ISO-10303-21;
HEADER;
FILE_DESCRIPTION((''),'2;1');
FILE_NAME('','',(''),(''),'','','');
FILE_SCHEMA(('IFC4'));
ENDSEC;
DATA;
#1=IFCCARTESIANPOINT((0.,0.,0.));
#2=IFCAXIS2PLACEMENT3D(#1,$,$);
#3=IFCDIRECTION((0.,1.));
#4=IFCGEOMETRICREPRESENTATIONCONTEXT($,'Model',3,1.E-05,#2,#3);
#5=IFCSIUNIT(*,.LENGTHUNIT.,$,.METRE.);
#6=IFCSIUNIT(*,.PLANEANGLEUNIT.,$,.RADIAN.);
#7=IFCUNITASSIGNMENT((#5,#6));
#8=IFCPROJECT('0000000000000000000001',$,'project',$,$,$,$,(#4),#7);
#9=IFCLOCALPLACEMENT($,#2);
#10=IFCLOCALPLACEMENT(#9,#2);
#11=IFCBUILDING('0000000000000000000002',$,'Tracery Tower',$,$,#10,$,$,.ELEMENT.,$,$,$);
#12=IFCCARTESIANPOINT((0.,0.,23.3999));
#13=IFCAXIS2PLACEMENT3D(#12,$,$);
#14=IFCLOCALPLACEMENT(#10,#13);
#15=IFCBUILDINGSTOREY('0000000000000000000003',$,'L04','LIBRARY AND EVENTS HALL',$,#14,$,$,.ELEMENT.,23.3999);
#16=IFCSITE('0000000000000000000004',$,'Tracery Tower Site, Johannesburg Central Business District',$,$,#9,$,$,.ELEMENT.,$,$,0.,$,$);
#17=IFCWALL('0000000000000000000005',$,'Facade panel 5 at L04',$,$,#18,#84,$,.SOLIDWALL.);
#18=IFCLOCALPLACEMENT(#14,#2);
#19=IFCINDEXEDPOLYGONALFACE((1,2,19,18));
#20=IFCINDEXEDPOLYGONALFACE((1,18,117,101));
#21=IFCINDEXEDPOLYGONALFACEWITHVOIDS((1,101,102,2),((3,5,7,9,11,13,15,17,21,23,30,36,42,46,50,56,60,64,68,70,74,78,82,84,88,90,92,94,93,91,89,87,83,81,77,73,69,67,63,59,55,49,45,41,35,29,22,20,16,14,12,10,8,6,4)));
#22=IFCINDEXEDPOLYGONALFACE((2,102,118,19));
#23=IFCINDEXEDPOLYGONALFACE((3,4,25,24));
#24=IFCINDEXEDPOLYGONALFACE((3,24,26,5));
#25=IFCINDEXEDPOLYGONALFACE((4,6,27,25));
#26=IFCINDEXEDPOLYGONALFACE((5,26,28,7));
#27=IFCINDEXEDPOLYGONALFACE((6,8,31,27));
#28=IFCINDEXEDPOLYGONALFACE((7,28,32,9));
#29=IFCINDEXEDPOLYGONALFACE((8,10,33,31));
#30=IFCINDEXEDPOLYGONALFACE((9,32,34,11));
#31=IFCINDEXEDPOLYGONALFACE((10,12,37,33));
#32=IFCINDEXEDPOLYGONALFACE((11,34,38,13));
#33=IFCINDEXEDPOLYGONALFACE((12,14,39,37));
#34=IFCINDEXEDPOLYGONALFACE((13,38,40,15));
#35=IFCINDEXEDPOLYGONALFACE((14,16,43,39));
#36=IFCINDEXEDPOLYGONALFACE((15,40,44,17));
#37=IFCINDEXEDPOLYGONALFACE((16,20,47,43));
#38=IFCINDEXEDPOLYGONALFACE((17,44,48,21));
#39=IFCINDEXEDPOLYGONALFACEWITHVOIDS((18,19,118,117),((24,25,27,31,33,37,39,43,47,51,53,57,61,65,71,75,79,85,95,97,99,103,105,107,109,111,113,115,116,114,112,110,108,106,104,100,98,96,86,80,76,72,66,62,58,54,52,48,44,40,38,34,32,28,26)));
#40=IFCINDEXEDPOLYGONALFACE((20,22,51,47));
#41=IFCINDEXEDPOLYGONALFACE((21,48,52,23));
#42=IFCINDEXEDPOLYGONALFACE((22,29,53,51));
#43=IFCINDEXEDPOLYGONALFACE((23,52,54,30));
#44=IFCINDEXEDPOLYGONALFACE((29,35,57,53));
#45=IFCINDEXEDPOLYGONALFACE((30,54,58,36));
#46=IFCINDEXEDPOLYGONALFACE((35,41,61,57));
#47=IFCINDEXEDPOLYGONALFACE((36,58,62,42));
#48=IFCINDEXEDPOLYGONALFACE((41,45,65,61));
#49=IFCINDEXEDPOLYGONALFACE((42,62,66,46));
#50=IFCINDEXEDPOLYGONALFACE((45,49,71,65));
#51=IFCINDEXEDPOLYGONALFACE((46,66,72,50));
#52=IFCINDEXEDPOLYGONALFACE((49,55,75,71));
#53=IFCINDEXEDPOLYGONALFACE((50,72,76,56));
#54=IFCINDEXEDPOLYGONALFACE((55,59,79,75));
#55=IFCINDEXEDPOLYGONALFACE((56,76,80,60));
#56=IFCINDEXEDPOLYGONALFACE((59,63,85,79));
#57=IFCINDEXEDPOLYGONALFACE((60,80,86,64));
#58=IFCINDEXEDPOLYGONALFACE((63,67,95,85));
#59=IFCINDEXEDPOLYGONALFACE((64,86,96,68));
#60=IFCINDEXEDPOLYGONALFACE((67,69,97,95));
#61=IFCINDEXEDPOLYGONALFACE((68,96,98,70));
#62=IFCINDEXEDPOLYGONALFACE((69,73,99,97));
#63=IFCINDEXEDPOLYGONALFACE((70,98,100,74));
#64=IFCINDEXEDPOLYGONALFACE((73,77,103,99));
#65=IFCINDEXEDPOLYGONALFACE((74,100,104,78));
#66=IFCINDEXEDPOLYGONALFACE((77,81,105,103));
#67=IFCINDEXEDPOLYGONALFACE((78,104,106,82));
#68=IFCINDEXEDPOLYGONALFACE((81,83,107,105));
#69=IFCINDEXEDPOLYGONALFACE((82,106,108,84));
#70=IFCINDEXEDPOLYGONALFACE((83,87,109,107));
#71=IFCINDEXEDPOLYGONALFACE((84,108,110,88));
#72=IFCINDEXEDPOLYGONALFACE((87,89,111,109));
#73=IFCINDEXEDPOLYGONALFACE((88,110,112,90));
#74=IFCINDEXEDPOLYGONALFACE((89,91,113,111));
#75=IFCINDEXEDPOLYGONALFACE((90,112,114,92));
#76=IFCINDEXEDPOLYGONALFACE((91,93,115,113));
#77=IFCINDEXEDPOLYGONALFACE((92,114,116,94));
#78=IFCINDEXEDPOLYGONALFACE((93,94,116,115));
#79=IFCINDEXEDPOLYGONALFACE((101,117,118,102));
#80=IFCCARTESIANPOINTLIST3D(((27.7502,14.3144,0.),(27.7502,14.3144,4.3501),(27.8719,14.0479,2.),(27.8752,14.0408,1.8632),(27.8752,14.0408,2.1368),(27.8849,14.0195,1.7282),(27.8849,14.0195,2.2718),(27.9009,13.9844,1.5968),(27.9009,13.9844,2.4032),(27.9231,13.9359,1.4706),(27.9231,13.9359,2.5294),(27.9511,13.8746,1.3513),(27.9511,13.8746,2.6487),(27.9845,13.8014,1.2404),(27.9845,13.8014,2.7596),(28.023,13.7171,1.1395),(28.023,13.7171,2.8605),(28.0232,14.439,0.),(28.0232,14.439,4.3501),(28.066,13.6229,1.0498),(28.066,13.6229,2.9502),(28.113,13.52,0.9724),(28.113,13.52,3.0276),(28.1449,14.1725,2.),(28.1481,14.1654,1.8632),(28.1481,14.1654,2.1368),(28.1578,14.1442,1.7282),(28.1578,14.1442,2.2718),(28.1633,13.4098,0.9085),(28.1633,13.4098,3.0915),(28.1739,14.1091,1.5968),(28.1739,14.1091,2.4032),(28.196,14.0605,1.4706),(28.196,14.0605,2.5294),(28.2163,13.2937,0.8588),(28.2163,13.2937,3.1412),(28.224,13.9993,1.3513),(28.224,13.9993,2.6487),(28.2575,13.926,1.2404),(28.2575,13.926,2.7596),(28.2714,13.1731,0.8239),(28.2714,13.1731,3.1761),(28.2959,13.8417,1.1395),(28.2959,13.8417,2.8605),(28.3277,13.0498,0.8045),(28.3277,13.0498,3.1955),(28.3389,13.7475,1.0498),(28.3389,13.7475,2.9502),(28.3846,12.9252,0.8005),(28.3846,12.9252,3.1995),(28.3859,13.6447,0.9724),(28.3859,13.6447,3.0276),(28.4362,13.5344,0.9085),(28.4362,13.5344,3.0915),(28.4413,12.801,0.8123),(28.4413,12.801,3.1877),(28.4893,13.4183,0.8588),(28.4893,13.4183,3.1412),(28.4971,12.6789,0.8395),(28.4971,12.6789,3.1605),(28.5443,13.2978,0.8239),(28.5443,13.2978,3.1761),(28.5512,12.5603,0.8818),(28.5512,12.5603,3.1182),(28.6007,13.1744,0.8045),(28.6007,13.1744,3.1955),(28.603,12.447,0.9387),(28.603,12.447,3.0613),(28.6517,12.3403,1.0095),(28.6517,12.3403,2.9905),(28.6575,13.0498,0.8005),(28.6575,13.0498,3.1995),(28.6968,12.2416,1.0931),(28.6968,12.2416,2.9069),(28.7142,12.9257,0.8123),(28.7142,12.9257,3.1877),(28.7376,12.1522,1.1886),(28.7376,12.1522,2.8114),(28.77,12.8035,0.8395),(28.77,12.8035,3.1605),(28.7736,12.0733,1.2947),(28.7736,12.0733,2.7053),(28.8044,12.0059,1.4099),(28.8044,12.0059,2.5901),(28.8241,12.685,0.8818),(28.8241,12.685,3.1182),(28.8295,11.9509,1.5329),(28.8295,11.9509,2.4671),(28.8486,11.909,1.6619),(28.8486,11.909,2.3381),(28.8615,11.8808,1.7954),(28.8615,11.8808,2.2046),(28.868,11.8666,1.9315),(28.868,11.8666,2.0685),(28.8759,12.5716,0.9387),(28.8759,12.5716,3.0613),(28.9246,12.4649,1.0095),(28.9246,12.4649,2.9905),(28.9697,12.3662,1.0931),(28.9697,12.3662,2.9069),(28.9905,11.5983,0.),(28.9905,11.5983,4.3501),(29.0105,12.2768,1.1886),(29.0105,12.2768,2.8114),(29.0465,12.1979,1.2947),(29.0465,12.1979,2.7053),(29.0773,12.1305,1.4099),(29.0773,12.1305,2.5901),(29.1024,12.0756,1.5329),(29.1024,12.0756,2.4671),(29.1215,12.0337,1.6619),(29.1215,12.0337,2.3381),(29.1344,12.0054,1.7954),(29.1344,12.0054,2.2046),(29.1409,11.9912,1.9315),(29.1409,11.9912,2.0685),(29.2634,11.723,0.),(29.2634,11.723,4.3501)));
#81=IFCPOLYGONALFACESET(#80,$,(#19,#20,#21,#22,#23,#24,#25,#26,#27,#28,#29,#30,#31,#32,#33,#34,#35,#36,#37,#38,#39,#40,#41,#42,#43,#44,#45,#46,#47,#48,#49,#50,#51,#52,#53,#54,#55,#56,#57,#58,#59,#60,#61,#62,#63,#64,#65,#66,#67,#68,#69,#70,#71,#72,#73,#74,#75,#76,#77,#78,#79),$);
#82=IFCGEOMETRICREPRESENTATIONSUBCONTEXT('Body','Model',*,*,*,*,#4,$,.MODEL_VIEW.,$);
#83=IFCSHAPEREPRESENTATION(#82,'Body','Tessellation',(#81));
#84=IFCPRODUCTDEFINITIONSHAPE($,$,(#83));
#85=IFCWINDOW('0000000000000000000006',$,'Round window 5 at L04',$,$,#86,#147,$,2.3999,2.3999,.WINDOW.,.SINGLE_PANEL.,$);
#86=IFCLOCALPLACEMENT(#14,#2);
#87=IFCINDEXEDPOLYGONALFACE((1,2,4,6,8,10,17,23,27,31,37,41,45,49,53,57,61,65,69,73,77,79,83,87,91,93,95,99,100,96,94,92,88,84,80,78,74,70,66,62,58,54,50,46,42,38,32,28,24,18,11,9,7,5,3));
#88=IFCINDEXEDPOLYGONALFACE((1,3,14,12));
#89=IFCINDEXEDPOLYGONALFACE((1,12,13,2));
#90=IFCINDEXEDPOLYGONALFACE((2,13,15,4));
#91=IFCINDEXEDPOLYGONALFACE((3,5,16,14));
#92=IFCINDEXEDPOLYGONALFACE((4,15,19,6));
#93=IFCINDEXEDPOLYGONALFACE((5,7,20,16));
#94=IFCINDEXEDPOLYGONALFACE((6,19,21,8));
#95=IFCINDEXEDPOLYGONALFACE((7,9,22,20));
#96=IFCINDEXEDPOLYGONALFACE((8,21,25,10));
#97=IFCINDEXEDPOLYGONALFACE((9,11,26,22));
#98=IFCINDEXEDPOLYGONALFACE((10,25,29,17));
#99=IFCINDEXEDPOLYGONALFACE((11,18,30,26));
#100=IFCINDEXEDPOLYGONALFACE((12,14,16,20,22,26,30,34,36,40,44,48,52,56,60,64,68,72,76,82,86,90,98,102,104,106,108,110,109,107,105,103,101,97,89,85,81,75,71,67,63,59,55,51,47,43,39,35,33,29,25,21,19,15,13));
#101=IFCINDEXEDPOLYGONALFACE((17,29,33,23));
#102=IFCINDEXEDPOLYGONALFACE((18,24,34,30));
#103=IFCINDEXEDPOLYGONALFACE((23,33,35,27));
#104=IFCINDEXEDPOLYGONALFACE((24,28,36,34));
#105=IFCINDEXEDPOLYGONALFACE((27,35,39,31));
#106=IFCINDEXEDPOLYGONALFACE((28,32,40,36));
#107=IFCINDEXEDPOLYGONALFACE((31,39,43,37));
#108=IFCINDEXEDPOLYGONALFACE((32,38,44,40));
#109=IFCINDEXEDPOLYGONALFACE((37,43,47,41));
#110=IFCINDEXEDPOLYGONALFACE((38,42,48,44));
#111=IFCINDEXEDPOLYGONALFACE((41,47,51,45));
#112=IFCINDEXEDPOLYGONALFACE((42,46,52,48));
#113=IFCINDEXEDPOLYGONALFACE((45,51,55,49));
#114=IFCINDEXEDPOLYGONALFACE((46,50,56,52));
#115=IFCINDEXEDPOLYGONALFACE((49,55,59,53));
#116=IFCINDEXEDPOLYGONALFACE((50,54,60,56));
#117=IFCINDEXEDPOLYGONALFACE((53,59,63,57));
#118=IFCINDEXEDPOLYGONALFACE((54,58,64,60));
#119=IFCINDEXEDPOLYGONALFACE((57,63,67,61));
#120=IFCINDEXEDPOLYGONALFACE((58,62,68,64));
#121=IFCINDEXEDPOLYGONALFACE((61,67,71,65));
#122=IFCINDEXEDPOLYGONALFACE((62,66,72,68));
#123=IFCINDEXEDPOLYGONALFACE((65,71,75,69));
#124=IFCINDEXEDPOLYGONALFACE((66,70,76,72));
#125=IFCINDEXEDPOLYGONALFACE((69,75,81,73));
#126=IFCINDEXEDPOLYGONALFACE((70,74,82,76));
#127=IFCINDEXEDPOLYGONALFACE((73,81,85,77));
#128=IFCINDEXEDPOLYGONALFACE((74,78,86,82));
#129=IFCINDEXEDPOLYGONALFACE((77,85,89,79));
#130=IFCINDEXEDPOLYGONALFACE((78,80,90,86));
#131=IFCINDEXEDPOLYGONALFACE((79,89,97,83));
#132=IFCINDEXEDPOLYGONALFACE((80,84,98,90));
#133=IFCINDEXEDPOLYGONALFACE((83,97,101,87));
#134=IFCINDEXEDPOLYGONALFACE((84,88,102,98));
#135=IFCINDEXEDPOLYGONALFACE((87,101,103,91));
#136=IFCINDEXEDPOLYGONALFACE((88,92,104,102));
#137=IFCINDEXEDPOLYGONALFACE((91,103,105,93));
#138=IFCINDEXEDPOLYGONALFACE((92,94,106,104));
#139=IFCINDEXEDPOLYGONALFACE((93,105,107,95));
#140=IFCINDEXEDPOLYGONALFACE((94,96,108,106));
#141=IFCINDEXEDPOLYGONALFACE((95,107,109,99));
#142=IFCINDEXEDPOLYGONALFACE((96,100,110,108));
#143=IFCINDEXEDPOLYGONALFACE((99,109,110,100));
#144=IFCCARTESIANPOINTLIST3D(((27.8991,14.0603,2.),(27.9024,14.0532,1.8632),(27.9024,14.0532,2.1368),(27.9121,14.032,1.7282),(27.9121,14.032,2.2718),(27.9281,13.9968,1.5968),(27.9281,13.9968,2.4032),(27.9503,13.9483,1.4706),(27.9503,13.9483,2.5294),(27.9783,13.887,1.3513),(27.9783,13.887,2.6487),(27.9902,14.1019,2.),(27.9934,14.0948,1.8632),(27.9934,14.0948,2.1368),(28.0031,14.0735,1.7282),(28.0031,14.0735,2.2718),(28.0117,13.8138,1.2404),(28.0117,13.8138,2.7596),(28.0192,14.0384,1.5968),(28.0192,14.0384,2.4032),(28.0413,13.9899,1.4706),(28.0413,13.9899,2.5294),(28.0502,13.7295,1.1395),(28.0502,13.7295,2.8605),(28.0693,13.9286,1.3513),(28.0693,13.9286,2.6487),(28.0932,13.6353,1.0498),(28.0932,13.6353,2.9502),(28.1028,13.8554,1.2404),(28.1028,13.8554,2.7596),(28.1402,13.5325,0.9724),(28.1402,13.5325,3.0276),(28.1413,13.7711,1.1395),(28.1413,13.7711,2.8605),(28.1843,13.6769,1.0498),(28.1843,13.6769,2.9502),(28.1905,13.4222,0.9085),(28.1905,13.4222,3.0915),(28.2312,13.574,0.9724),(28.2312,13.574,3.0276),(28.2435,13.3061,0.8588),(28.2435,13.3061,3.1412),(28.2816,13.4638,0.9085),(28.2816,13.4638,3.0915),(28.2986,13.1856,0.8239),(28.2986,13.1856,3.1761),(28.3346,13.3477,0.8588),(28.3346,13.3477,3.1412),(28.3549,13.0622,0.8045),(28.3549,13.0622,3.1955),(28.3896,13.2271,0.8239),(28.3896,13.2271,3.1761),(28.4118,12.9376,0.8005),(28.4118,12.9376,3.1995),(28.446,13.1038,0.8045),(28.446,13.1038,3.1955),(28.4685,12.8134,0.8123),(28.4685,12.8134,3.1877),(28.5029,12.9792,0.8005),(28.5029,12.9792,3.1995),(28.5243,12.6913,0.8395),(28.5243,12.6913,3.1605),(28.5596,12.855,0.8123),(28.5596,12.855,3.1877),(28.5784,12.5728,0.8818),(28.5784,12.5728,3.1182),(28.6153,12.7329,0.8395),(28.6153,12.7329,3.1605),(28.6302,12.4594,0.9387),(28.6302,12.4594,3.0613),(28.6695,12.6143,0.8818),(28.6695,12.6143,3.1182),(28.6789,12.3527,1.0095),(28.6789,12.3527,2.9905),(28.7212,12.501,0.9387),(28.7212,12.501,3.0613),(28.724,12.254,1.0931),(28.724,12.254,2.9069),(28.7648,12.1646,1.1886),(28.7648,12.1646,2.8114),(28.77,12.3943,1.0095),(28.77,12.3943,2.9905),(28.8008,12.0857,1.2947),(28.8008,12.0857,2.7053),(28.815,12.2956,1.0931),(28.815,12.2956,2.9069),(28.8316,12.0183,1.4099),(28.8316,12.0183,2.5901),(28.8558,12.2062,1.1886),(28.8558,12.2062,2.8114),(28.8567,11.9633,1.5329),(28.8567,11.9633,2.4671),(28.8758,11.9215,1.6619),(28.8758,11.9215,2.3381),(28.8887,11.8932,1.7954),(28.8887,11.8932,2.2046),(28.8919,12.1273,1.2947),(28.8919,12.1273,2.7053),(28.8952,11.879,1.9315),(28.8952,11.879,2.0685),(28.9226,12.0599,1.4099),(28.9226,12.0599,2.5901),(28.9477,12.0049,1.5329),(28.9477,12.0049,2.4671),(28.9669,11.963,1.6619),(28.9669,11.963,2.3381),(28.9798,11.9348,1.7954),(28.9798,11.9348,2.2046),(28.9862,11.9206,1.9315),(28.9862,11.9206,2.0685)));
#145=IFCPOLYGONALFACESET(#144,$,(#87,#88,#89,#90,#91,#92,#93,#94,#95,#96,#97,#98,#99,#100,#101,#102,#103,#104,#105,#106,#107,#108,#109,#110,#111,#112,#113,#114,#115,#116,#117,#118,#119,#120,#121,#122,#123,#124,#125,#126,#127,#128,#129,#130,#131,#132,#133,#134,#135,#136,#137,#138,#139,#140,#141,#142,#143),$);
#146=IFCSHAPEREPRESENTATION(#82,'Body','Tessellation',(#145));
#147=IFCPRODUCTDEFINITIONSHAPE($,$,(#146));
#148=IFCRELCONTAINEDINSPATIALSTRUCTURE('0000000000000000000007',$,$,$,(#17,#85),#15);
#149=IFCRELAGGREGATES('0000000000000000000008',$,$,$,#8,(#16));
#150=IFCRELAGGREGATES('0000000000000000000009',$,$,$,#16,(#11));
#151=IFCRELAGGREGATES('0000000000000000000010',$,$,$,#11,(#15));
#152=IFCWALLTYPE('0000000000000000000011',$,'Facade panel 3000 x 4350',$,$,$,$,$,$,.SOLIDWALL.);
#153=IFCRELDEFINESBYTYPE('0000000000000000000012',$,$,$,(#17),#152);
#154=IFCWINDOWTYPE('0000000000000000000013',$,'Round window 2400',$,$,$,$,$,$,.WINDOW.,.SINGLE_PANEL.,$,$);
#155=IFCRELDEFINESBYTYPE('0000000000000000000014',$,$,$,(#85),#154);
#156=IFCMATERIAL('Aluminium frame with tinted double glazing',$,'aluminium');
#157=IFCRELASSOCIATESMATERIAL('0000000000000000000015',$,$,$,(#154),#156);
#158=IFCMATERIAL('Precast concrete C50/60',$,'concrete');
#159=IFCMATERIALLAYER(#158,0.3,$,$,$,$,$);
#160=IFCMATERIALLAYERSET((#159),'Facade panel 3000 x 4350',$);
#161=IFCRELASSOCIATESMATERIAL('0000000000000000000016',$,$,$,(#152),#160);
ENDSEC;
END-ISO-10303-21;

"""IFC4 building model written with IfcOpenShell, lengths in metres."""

from ifc_helpers import new_model, si_unit, direction, frame, frame_2d, origin, origin_2d, place, context, subcontext, project, spatial, rectangle, circle, extrude, material, layer, layer_set, type_object, element, fill, save


model = new_model("IFC4")

# Units and contexts
model_context = context("Model", 3, precision=1e-05, world=origin(), true_north=direction((0.0, 1.0)))
body_context = subcontext(model_context, "Body", "Model", "MODEL_VIEW")
ifc_project = project(units=[si_unit("LENGTHUNIT", "METRE"), si_unit("PLANEANGLEUNIT", "RADIAN")], contexts=[model_context])

# Site, building, storey
site_placement = place(None, origin())
site = spatial("IfcSite", under=ifc_project, at=site_placement, Name="Tracery Tower Site, Johannesburg Central Business District", CompositionType="ELEMENT", RefElevation=0.0)
building_placement = place(site_placement, origin())
building = spatial("IfcBuilding", under=site, at=building_placement, Name="Tracery Tower", CompositionType="ELEMENT")
storey_placement = place(building_placement, frame((0.0, 0.0, 23.3999)))
storey = spatial("IfcBuildingStorey", under=building, at=storey_placement, Name="L04", Description="LIBRARY AND EVENTS HALL", CompositionType="ELEMENT", Elevation=23.3999)

# Wall, opening, window
ifc_material_1 = material(Name="Aluminium frame with tinted double glazing", Category="aluminium")
window_type = type_object("IfcWindowType", Name="Round window 2400", PartitioningType="SINGLE_PANEL", PredefinedType="WINDOW", material=ifc_material_1)
ifc_material_2 = material(Name="Precast concrete C50/60", Category="concrete")
ifc_layer_1 = layer(ifc_material_2, 0.3)
ifc_layer_set_1 = layer_set([ifc_layer_1], Name="Facade panel 3000 x 4350")
wall_type_1 = type_object("IfcWallType", Name="Facade panel 3000 x 4350", PredefinedType="SOLIDWALL", material=ifc_layer_set_1)
wall_1_placement = place(storey_placement, frame((29.127, 11.6606, 0.0), z_axis=(0.0, 0.0, 1.0), x_axis=(-0.415373, 0.909651, 0.0)))
wall_1 = element("IfcWall", 1, at=wall_1_placement, inside=storey, type_object=wall_type_1, Name="Facade panel 5 at L04", PredefinedType="SOLIDWALL", context=body_context, shape_type="SweptSolid", body=[
    extrude(rectangle(XDim=2.9858, YDim=0.3, at=frame_2d((1.4929, 0.0))), origin(), (0.0, 0.0, 1.0), 4.3501),
])
opening_1_placement = place(wall_1_placement, frame((1.4929, 0.0, 2.0)))
opening_1 = element("IfcOpeningElement", 2, at=opening_1_placement, cuts=wall_1, PredefinedType="OPENING", context=body_context, shape_type="SweptSolid", body=[
    extrude(circle(Radius=1.2, at=origin_2d()), frame((0.0, 0.1599, 0.0), z_axis=(0.0, -1.0, 0.0), x_axis=(1.0, 0.0, 0.0)), (0.0, 0.0, 1.0), 0.3201),
])
window_1_placement = place(opening_1_placement, origin())
window_1 = element("IfcWindow", 3, at=window_1_placement, inside=storey, type_object=window_type, Name="Round window 5 at L04", OverallHeight=2.3999, OverallWidth=2.3999, PartitioningType="SINGLE_PANEL", PredefinedType="WINDOW", context=body_context, shape_type="SweptSolid", body=[
    extrude(circle(Radius=1.2, at=origin_2d()), frame((0.0, 0.1201, 0.0), z_axis=(0.0, -1.0, 0.0), x_axis=(1.0, 0.0, 0.0)), (0.0, 0.0, 1.0), 0.1001),
])
fill(opening_1, window_1)

save(model, "model.ifc")
